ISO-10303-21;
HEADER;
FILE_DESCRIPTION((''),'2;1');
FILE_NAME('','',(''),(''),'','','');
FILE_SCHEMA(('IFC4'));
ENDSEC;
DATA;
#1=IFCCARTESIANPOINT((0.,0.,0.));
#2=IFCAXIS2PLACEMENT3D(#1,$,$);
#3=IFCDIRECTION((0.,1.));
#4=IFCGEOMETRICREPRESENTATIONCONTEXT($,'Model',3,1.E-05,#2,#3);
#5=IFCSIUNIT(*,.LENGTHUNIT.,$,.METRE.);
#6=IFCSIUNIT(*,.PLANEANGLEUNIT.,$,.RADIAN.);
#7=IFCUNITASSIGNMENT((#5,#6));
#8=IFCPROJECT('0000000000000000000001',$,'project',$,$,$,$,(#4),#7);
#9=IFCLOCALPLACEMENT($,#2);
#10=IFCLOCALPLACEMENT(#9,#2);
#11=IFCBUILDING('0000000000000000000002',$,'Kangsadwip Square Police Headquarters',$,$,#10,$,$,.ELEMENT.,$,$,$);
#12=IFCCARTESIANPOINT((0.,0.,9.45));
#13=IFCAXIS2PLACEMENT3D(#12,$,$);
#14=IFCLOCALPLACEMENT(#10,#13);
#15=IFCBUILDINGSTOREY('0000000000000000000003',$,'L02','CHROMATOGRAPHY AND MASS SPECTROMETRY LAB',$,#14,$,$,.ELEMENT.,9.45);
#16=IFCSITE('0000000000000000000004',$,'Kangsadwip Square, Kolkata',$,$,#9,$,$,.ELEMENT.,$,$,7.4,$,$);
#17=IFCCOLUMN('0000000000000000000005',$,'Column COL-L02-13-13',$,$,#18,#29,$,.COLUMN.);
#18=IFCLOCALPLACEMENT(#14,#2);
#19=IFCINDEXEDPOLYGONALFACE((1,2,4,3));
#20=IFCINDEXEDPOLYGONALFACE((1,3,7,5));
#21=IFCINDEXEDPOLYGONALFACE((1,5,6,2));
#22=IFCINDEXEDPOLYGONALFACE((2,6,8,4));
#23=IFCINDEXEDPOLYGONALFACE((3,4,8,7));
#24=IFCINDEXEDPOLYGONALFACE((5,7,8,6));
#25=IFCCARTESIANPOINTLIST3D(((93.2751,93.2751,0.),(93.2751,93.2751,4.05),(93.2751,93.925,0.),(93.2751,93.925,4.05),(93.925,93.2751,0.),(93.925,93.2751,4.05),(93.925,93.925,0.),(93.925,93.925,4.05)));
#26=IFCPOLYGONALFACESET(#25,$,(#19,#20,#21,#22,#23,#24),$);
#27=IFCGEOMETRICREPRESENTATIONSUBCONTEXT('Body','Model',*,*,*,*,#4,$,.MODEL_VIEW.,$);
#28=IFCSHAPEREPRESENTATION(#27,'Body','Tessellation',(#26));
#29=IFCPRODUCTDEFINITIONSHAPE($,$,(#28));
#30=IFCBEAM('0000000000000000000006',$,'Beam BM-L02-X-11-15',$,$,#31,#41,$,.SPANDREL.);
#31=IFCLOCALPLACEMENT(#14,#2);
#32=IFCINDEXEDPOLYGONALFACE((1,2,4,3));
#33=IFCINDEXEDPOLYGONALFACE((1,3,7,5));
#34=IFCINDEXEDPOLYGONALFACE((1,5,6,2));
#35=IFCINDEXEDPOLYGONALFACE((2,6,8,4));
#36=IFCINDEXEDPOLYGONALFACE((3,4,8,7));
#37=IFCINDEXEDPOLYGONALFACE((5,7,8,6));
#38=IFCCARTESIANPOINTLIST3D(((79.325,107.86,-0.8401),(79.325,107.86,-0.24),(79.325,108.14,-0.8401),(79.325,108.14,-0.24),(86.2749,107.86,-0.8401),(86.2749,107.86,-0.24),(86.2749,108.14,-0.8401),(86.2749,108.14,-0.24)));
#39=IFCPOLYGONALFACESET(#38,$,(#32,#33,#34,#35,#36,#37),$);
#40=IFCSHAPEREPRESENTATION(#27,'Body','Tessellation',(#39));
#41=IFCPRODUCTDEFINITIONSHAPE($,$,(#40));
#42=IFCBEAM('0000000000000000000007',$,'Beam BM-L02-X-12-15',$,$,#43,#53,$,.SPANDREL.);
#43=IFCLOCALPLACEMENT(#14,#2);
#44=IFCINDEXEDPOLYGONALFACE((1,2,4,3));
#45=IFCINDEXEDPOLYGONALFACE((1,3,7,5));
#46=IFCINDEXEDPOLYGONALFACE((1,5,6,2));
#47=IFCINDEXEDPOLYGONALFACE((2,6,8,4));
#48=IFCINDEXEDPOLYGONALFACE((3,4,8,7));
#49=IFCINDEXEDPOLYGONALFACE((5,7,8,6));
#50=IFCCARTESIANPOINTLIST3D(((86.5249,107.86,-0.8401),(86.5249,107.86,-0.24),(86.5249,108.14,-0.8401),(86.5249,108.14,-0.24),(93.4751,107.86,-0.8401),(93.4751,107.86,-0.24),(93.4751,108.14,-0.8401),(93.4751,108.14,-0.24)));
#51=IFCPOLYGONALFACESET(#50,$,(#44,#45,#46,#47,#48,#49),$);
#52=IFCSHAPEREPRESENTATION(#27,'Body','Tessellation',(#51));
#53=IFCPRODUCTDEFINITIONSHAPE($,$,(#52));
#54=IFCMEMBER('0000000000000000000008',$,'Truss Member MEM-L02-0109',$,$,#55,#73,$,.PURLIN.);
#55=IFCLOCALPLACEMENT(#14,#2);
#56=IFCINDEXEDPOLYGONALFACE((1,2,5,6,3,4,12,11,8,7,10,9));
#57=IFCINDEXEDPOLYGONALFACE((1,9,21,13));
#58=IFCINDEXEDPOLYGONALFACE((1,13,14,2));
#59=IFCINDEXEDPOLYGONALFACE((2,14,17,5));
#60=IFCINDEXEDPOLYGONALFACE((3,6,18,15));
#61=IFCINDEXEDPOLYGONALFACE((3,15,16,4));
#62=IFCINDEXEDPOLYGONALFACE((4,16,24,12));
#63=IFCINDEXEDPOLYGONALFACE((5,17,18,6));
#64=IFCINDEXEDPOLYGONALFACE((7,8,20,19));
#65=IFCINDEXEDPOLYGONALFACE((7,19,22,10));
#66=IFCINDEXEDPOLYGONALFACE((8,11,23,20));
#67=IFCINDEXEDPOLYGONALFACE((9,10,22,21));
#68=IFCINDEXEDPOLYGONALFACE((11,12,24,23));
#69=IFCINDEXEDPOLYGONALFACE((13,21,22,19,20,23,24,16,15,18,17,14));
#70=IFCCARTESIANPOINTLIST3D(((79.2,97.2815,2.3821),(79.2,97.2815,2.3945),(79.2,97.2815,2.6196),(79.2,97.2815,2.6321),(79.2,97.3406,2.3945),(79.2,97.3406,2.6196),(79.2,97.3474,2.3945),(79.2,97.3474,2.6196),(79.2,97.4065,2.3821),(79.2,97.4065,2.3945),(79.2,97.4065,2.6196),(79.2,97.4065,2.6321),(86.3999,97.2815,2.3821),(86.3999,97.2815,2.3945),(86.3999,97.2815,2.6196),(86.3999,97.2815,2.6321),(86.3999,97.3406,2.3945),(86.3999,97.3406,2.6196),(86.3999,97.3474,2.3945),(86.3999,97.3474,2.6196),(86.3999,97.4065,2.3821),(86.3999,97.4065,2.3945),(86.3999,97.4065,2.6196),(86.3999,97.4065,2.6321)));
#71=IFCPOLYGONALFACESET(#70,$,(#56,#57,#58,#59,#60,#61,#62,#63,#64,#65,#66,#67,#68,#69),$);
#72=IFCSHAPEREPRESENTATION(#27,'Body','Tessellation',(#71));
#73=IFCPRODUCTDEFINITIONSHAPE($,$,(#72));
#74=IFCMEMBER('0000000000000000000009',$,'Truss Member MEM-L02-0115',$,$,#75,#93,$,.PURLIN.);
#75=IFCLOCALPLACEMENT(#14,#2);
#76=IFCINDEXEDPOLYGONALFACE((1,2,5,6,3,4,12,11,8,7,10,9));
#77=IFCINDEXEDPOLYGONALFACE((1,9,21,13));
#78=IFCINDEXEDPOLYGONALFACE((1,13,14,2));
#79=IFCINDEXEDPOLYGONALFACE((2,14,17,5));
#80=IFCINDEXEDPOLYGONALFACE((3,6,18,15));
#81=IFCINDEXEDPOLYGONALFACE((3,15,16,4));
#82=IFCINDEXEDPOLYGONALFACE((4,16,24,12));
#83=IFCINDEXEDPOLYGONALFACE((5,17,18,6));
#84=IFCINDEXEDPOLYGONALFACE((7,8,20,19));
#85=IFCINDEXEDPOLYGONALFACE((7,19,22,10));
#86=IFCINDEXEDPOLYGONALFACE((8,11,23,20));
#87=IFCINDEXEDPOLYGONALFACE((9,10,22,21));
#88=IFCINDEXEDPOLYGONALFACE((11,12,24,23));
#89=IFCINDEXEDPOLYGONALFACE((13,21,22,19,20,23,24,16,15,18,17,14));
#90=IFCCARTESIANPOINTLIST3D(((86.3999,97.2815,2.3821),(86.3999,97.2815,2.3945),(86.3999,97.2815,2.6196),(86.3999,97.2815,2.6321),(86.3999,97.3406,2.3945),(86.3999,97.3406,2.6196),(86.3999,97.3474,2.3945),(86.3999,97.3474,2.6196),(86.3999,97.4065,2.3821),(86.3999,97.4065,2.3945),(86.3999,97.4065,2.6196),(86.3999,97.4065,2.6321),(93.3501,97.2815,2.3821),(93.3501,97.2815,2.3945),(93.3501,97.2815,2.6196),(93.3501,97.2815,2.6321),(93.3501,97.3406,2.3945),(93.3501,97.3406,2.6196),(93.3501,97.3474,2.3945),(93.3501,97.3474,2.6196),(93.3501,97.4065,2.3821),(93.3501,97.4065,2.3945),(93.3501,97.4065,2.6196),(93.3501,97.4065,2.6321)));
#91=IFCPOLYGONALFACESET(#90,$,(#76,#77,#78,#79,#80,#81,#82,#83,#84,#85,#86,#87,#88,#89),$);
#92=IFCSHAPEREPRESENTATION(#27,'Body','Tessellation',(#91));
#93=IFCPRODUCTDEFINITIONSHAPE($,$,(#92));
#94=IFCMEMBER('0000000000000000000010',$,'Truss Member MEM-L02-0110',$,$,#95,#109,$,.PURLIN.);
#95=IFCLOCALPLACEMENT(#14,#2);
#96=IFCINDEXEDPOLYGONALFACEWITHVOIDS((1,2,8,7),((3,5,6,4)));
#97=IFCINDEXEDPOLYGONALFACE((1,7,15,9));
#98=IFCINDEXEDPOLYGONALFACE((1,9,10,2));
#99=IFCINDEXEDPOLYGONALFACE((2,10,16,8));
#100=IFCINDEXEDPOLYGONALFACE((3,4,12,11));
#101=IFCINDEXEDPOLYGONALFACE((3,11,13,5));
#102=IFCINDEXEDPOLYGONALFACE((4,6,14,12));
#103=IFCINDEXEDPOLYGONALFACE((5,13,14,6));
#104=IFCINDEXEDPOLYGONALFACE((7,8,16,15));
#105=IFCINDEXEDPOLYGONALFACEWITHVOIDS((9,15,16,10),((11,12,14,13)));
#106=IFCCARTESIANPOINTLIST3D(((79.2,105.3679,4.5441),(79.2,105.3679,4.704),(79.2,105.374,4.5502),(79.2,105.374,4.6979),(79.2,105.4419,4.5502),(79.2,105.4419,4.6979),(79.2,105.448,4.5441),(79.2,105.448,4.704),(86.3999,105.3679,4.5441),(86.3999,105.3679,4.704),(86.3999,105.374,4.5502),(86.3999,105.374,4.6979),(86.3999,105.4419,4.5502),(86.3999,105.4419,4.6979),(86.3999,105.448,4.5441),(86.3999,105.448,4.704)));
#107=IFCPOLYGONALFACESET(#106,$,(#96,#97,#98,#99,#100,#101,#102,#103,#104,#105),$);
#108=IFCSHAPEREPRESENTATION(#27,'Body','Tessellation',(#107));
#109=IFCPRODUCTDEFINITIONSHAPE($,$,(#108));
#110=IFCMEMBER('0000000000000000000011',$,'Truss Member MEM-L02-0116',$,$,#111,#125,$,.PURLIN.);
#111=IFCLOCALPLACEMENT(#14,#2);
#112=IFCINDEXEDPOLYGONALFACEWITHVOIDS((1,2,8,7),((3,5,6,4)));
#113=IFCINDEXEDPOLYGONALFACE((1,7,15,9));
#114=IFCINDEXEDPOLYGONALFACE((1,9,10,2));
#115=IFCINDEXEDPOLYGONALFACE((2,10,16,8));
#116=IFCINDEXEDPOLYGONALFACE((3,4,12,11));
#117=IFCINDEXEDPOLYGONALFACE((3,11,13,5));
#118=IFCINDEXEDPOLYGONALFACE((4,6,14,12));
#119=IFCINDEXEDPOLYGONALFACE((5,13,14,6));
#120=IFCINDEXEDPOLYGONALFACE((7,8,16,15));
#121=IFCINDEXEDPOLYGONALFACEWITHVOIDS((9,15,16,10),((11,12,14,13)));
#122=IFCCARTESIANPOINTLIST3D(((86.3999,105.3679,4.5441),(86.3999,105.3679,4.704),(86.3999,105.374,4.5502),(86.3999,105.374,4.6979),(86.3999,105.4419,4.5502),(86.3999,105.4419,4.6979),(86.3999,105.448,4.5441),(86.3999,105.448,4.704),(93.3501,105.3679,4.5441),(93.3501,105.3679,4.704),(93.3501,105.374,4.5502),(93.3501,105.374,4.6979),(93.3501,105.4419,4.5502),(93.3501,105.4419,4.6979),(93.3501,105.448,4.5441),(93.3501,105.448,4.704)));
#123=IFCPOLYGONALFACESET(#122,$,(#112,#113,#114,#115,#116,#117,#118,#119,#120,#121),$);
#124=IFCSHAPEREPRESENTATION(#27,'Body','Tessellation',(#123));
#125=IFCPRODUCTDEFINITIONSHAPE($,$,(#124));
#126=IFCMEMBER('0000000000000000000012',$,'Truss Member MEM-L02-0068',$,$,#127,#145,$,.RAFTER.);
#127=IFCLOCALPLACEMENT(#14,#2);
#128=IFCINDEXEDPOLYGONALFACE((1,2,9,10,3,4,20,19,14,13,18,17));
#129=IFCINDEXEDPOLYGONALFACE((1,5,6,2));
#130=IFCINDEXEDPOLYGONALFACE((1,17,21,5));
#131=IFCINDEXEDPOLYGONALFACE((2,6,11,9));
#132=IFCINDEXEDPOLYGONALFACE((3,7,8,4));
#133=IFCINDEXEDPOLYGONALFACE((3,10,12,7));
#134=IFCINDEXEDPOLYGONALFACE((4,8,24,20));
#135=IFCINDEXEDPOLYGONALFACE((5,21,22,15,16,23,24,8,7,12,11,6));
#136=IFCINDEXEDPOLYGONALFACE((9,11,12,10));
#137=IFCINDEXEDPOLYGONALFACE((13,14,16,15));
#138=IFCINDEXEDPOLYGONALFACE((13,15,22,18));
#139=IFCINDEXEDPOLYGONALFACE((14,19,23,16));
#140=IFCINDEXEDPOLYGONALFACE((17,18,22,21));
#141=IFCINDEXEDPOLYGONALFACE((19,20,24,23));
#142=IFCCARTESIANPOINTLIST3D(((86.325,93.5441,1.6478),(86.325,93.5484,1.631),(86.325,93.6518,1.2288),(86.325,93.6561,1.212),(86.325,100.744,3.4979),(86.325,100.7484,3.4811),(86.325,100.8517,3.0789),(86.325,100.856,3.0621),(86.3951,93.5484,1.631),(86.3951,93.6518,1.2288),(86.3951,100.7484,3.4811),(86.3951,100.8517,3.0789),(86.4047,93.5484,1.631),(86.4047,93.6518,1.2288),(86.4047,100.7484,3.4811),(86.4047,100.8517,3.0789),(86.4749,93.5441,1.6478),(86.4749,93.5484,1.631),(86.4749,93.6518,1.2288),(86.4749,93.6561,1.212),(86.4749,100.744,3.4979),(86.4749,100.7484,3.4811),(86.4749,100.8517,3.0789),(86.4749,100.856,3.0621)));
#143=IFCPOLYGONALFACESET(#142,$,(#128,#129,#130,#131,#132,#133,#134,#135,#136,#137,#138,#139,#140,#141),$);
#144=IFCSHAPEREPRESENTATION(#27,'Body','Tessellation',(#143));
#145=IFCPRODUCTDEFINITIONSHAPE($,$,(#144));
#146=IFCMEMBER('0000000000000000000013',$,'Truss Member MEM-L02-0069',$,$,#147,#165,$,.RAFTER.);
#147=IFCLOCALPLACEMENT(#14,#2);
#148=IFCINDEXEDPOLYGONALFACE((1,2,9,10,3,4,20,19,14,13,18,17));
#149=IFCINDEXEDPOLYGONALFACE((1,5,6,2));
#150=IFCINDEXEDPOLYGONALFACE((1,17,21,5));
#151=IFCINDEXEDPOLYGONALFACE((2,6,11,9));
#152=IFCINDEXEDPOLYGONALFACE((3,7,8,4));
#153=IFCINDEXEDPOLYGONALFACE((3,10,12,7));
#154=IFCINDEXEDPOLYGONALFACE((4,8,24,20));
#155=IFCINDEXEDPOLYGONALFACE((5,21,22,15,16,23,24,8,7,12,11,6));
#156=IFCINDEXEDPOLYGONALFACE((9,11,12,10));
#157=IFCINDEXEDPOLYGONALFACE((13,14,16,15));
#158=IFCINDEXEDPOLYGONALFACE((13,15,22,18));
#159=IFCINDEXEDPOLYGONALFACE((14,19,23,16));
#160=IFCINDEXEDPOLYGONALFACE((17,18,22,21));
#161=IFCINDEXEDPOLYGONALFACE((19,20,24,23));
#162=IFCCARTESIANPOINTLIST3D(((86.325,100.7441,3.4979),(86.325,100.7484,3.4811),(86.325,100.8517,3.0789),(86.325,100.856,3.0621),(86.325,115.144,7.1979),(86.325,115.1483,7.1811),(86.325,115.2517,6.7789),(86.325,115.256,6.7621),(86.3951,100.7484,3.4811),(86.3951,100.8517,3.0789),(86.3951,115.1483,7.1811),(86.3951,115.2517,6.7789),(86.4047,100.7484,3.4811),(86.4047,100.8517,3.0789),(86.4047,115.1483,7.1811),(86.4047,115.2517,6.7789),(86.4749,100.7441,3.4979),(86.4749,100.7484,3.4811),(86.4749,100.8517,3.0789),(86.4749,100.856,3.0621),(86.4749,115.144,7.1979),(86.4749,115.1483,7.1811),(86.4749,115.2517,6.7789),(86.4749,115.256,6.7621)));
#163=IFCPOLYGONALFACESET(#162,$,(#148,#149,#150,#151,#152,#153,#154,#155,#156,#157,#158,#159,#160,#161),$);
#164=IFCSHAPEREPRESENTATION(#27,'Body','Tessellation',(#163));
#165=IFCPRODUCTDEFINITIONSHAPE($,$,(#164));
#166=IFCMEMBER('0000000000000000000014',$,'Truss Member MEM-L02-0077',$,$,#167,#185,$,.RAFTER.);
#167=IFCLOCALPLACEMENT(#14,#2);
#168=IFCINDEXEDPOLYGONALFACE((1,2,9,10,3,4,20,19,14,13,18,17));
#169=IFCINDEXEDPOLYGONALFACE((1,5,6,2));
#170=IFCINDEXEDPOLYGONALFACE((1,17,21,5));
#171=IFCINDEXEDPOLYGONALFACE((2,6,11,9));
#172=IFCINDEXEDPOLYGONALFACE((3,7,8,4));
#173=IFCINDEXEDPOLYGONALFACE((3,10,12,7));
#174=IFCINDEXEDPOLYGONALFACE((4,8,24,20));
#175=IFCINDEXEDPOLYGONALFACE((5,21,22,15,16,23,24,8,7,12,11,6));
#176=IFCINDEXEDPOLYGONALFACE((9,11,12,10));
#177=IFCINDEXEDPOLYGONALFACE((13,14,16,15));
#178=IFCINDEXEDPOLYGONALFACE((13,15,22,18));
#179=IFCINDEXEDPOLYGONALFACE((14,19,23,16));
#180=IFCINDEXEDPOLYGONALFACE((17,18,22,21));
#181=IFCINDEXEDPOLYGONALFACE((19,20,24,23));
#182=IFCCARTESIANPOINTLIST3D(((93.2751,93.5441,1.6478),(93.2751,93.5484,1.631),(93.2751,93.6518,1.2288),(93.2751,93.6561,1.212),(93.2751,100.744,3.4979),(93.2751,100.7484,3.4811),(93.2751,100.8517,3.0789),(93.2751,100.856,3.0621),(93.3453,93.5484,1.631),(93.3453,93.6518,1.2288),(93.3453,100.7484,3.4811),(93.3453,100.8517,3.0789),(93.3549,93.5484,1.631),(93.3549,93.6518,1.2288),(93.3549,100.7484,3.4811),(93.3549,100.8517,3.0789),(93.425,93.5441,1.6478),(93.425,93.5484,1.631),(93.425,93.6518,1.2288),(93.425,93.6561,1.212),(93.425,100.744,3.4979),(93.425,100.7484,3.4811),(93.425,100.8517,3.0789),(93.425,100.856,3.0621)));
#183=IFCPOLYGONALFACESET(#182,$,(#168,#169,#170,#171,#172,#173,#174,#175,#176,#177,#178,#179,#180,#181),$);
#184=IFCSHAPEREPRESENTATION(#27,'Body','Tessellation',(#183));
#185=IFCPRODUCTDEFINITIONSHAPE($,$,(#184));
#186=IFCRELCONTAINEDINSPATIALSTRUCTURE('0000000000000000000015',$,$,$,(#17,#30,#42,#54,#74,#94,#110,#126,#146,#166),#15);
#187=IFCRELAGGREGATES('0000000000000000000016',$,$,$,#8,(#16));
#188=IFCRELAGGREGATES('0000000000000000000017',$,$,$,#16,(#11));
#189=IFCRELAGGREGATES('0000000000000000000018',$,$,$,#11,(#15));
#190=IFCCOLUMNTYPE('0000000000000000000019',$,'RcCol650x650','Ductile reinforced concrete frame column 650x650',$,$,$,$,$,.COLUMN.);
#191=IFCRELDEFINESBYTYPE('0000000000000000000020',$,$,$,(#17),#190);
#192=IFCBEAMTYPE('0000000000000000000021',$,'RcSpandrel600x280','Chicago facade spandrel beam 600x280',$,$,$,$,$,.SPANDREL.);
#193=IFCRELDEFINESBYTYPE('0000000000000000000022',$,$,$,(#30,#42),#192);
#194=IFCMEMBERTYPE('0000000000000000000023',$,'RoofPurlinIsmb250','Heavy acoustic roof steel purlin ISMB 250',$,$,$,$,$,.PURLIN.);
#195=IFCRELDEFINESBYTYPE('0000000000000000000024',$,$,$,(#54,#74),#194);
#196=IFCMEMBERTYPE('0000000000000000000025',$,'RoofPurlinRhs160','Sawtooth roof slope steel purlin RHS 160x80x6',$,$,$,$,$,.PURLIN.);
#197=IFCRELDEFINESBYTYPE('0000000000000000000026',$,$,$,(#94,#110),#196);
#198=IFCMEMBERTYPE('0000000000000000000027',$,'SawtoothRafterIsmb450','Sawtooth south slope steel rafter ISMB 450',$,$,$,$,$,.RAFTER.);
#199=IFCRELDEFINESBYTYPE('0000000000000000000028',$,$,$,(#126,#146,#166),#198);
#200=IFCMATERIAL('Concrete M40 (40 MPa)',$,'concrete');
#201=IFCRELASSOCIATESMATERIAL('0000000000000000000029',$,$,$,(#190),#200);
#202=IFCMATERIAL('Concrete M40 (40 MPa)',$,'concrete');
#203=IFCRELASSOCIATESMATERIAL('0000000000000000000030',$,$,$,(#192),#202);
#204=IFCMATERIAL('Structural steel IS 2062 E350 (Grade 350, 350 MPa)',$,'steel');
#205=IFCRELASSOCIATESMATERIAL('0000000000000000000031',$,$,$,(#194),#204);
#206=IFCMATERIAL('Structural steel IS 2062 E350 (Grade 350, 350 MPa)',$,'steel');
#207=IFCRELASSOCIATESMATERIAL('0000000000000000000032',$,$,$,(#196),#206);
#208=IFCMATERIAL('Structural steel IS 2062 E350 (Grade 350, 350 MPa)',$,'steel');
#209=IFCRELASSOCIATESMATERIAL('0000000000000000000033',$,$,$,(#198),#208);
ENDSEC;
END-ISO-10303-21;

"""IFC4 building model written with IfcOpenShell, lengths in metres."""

from ifc_helpers import new_model, si_unit, direction, frame, origin, origin_2d, place, context, subcontext, project, spatial, rectangle, hollow_rectangle, i_section, extrude, material, material_profile, profile_set, type_object, element, save


model = new_model("IFC4")

# Units and contexts
model_context = context("Model", 3, precision=1e-05, world=origin(), true_north=direction((0.0, 1.0)))
body_context = subcontext(model_context, "Body", "Model", "MODEL_VIEW")
ifc_project = project(units=[si_unit("LENGTHUNIT", "METRE"), si_unit("PLANEANGLEUNIT", "RADIAN")], contexts=[model_context])

# Site, building, storey
site_placement = place(None, origin())
site = spatial("IfcSite", under=ifc_project, at=site_placement, Name="Kangsadwip Square, Kolkata", CompositionType="ELEMENT", RefElevation=7.4)
building_placement = place(site_placement, origin())
building = spatial("IfcBuilding", under=site, at=building_placement, Name="Kangsadwip Square Police Headquarters", CompositionType="ELEMENT")
storey_placement = place(building_placement, frame((0.0, 0.0, 9.45)))
storey = spatial("IfcBuildingStorey", under=building, at=storey_placement, Name="L02", Description="CHROMATOGRAPHY AND MASS SPECTROMETRY LAB", CompositionType="ELEMENT", Elevation=9.45)

# Column
ifc_material_1 = material(Name="Concrete M40 (40 MPa)", Category="concrete")
ifc_material_profile_1 = material_profile(ifc_material_1, rectangle(XDim=0.6499, YDim=0.6499, at=origin_2d()), Name="RC COL 650X650")
ifc_profile_set_1 = profile_set([ifc_material_profile_1], Name="Concrete M40 (40 MPa)")
column_type = type_object("IfcColumnType", Name="RcCol650x650", Description="Ductile reinforced concrete frame column 650x650", PredefinedType="COLUMN", material=ifc_profile_set_1)
column_placement = place(storey_placement, frame((93.6001, 93.6001, 0.0), z_axis=(0.0, 0.0, 1.0), x_axis=(1.0, 0.0, 0.0)))
element("IfcColumn", 1, at=column_placement, inside=storey, type_object=column_type, Name="Column COL-L02-13-13", PredefinedType="COLUMN", context=body_context, shape_type="SweptSolid", body=[
    extrude(rectangle(XDim=0.6499, YDim=0.6499, at=origin_2d()), origin(), (0.0, 0.0, 1.0), 4.05),
])

# Beams
ifc_material_2 = material(Name="Concrete M40 (40 MPa)", Category="concrete")
ifc_material_profile_2 = material_profile(ifc_material_2, rectangle(XDim=0.28, YDim=0.6001, at=origin_2d()), Name="RC SPN 600X280")
ifc_profile_set_2 = profile_set([ifc_material_profile_2], Name="Concrete M40 (40 MPa)")
beam_type = type_object("IfcBeamType", Name="RcSpandrel600x280", Description="Chicago facade spandrel beam 600x280", PredefinedType="SPANDREL", material=ifc_profile_set_2)
beam_1_placement = place(storey_placement, frame((79.325, 108.0, -0.54), z_axis=(1.0, 0.0, 0.0), x_axis=(0.0, 1.0, 0.0)))
element("IfcBeam", 2, at=beam_1_placement, inside=storey, type_object=beam_type, Name="Beam BM-L02-X-11-15", PredefinedType="SPANDREL", context=body_context, shape_type="SweptSolid", body=[
    extrude(rectangle(XDim=0.28, YDim=0.6001, at=origin_2d()), origin(), (0.0, 0.0, 1.0), 6.95),
])
beam_2_placement = place(storey_placement, frame((86.5249, 108.0, -0.54), z_axis=(1.0, 0.0, 0.0), x_axis=(0.0, 1.0, 0.0)))
element("IfcBeam", 3, at=beam_2_placement, inside=storey, type_object=beam_type, Name="Beam BM-L02-X-12-15", PredefinedType="SPANDREL", context=body_context, shape_type="SweptSolid", body=[
    extrude(rectangle(XDim=0.28, YDim=0.6001, at=origin_2d()), origin(), (0.0, 0.0, 1.0), 6.9502),
])

# Members
ifc_material_3 = material(Name="Structural steel IS 2062 E350 (Grade 350, 350 MPa)", Category="steel")
ifc_material_profile_3 = material_profile(ifc_material_3, i_section(OverallWidth=0.125, OverallDepth=0.25, WebThickness=0.0068, FlangeThickness=0.0125, at=origin_2d()), Name="ISMB 250")
ifc_profile_set_3 = profile_set([ifc_material_profile_3], Name="Structural steel IS 2062 E350 (Grade 350, 350 MPa)")
member_type_1 = type_object("IfcMemberType", Name="RoofPurlinIsmb250", Description="Heavy acoustic roof steel purlin ISMB 250", PredefinedType="PURLIN", material=ifc_profile_set_3)
member_1_placement = place(storey_placement, frame((79.2, 97.344, 2.5071), z_axis=(1.0, 0.0, 0.0), x_axis=(0.0, 1.0, 0.0)))
element("IfcMember", 4, at=member_1_placement, inside=storey, type_object=member_type_1, Name="Truss Member MEM-L02-0109", PredefinedType="PURLIN", context=body_context, shape_type="SweptSolid", body=[
    extrude(i_section(OverallWidth=0.125, OverallDepth=0.25, WebThickness=0.0068, FlangeThickness=0.0125, at=origin_2d()), origin(), (0.0, 0.0, 1.0), 7.2),
])
member_2_placement = place(storey_placement, frame((86.3999, 97.344, 2.5071), z_axis=(1.0, 0.0, 0.0), x_axis=(0.0, 1.0, 0.0)))
element("IfcMember", 5, at=member_2_placement, inside=storey, type_object=member_type_1, Name="Truss Member MEM-L02-0115", PredefinedType="PURLIN", context=body_context, shape_type="SweptSolid", body=[
    extrude(i_section(OverallWidth=0.125, OverallDepth=0.25, WebThickness=0.0068, FlangeThickness=0.0125, at=origin_2d()), origin(), (0.0, 0.0, 1.0), 6.9502),
])
ifc_material_4 = material(Name="Structural steel IS 2062 E350 (Grade 350, 350 MPa)", Category="steel")
ifc_material_profile_4 = material_profile(ifc_material_4, hollow_rectangle(XDim=0.0801, YDim=0.1599, WallThickness=0.0061, at=origin_2d()), Name="RHS 160X80X6")
ifc_profile_set_4 = profile_set([ifc_material_profile_4], Name="Structural steel IS 2062 E350 (Grade 350, 350 MPa)")
member_type_2 = type_object("IfcMemberType", Name="RoofPurlinRhs160", Description="Sawtooth roof slope steel purlin RHS 160x80x6", PredefinedType="PURLIN", material=ifc_profile_set_4)
member_3_placement = place(storey_placement, frame((79.2, 105.408, 4.624), z_axis=(1.0, 0.0, 0.0), x_axis=(0.0, 1.0, 0.0)))
element("IfcMember", 6, at=member_3_placement, inside=storey, type_object=member_type_2, Name="Truss Member MEM-L02-0110", PredefinedType="PURLIN", context=body_context, shape_type="SweptSolid", body=[
    extrude(hollow_rectangle(XDim=0.0801, YDim=0.1599, WallThickness=0.0061, at=origin_2d()), origin(), (0.0, 0.0, 1.0), 7.2),
])
member_4_placement = place(storey_placement, frame((86.3999, 105.408, 4.624), z_axis=(1.0, 0.0, 0.0), x_axis=(0.0, 1.0, 0.0)))
element("IfcMember", 7, at=member_4_placement, inside=storey, type_object=member_type_2, Name="Truss Member MEM-L02-0116", PredefinedType="PURLIN", context=body_context, shape_type="SweptSolid", body=[
    extrude(hollow_rectangle(XDim=0.0801, YDim=0.1599, WallThickness=0.0061, at=origin_2d()), origin(), (0.0, 0.0, 1.0), 6.9502),
])
ifc_material_5 = material(Name="Structural steel IS 2062 E350 (Grade 350, 350 MPa)", Category="steel")
ifc_material_profile_5 = material_profile(ifc_material_5, i_section(OverallWidth=0.1499, OverallDepth=0.45, WebThickness=0.0095, FlangeThickness=0.0173, at=origin_2d()), Name="ISMB 450")
ifc_profile_set_5 = profile_set([ifc_material_profile_5], Name="Structural steel IS 2062 E350 (Grade 350, 350 MPa)")
member_type_3 = type_object("IfcMemberType", Name="SawtoothRafterIsmb450", Description="Sawtooth south slope steel rafter ISMB 450", PredefinedType="RAFTER", material=ifc_profile_set_5)
member_5_placement = place(storey_placement, frame((86.3999, 93.6001, 1.4299), z_axis=(0.0, 0.968536, 0.248875), x_axis=(-1.0, 0.0, 0.0)))
element("IfcMember", 8, at=member_5_placement, inside=storey, type_object=member_type_3, Name="Truss Member MEM-L02-0068", PredefinedType="RAFTER", context=body_context, shape_type="SweptSolid", body=[
    extrude(i_section(OverallWidth=0.1499, OverallDepth=0.45, WebThickness=0.0095, FlangeThickness=0.0173, at=origin_2d()), origin(), (0.0, 0.0, 1.0), 7.4338),
])
member_6_placement = place(storey_placement, frame((86.3999, 100.8, 3.28), z_axis=(0.0, 0.96854, 0.248859), x_axis=(-1.0, 0.0, 0.0)))
element("IfcMember", 9, at=member_6_placement, inside=storey, type_object=member_type_3, Name="Truss Member MEM-L02-0069", PredefinedType="RAFTER", context=body_context, shape_type="SweptSolid", body=[
    extrude(i_section(OverallWidth=0.1499, OverallDepth=0.45, WebThickness=0.0095, FlangeThickness=0.0173, at=origin_2d()), origin(), (0.0, 0.0, 1.0), 14.8677),
])
member_7_placement = place(storey_placement, frame((93.3501, 93.6001, 1.4299), z_axis=(0.0, 0.968536, 0.248875), x_axis=(-1.0, 0.0, 0.0)))
element("IfcMember", 10, at=member_7_placement, inside=storey, type_object=member_type_3, Name="Truss Member MEM-L02-0077", PredefinedType="RAFTER", context=body_context, shape_type="SweptSolid", body=[
    extrude(i_section(OverallWidth=0.1499, OverallDepth=0.45, WebThickness=0.0095, FlangeThickness=0.0173, at=origin_2d()), origin(), (0.0, 0.0, 1.0), 7.4338),
])

save(model, "model.ifc")
